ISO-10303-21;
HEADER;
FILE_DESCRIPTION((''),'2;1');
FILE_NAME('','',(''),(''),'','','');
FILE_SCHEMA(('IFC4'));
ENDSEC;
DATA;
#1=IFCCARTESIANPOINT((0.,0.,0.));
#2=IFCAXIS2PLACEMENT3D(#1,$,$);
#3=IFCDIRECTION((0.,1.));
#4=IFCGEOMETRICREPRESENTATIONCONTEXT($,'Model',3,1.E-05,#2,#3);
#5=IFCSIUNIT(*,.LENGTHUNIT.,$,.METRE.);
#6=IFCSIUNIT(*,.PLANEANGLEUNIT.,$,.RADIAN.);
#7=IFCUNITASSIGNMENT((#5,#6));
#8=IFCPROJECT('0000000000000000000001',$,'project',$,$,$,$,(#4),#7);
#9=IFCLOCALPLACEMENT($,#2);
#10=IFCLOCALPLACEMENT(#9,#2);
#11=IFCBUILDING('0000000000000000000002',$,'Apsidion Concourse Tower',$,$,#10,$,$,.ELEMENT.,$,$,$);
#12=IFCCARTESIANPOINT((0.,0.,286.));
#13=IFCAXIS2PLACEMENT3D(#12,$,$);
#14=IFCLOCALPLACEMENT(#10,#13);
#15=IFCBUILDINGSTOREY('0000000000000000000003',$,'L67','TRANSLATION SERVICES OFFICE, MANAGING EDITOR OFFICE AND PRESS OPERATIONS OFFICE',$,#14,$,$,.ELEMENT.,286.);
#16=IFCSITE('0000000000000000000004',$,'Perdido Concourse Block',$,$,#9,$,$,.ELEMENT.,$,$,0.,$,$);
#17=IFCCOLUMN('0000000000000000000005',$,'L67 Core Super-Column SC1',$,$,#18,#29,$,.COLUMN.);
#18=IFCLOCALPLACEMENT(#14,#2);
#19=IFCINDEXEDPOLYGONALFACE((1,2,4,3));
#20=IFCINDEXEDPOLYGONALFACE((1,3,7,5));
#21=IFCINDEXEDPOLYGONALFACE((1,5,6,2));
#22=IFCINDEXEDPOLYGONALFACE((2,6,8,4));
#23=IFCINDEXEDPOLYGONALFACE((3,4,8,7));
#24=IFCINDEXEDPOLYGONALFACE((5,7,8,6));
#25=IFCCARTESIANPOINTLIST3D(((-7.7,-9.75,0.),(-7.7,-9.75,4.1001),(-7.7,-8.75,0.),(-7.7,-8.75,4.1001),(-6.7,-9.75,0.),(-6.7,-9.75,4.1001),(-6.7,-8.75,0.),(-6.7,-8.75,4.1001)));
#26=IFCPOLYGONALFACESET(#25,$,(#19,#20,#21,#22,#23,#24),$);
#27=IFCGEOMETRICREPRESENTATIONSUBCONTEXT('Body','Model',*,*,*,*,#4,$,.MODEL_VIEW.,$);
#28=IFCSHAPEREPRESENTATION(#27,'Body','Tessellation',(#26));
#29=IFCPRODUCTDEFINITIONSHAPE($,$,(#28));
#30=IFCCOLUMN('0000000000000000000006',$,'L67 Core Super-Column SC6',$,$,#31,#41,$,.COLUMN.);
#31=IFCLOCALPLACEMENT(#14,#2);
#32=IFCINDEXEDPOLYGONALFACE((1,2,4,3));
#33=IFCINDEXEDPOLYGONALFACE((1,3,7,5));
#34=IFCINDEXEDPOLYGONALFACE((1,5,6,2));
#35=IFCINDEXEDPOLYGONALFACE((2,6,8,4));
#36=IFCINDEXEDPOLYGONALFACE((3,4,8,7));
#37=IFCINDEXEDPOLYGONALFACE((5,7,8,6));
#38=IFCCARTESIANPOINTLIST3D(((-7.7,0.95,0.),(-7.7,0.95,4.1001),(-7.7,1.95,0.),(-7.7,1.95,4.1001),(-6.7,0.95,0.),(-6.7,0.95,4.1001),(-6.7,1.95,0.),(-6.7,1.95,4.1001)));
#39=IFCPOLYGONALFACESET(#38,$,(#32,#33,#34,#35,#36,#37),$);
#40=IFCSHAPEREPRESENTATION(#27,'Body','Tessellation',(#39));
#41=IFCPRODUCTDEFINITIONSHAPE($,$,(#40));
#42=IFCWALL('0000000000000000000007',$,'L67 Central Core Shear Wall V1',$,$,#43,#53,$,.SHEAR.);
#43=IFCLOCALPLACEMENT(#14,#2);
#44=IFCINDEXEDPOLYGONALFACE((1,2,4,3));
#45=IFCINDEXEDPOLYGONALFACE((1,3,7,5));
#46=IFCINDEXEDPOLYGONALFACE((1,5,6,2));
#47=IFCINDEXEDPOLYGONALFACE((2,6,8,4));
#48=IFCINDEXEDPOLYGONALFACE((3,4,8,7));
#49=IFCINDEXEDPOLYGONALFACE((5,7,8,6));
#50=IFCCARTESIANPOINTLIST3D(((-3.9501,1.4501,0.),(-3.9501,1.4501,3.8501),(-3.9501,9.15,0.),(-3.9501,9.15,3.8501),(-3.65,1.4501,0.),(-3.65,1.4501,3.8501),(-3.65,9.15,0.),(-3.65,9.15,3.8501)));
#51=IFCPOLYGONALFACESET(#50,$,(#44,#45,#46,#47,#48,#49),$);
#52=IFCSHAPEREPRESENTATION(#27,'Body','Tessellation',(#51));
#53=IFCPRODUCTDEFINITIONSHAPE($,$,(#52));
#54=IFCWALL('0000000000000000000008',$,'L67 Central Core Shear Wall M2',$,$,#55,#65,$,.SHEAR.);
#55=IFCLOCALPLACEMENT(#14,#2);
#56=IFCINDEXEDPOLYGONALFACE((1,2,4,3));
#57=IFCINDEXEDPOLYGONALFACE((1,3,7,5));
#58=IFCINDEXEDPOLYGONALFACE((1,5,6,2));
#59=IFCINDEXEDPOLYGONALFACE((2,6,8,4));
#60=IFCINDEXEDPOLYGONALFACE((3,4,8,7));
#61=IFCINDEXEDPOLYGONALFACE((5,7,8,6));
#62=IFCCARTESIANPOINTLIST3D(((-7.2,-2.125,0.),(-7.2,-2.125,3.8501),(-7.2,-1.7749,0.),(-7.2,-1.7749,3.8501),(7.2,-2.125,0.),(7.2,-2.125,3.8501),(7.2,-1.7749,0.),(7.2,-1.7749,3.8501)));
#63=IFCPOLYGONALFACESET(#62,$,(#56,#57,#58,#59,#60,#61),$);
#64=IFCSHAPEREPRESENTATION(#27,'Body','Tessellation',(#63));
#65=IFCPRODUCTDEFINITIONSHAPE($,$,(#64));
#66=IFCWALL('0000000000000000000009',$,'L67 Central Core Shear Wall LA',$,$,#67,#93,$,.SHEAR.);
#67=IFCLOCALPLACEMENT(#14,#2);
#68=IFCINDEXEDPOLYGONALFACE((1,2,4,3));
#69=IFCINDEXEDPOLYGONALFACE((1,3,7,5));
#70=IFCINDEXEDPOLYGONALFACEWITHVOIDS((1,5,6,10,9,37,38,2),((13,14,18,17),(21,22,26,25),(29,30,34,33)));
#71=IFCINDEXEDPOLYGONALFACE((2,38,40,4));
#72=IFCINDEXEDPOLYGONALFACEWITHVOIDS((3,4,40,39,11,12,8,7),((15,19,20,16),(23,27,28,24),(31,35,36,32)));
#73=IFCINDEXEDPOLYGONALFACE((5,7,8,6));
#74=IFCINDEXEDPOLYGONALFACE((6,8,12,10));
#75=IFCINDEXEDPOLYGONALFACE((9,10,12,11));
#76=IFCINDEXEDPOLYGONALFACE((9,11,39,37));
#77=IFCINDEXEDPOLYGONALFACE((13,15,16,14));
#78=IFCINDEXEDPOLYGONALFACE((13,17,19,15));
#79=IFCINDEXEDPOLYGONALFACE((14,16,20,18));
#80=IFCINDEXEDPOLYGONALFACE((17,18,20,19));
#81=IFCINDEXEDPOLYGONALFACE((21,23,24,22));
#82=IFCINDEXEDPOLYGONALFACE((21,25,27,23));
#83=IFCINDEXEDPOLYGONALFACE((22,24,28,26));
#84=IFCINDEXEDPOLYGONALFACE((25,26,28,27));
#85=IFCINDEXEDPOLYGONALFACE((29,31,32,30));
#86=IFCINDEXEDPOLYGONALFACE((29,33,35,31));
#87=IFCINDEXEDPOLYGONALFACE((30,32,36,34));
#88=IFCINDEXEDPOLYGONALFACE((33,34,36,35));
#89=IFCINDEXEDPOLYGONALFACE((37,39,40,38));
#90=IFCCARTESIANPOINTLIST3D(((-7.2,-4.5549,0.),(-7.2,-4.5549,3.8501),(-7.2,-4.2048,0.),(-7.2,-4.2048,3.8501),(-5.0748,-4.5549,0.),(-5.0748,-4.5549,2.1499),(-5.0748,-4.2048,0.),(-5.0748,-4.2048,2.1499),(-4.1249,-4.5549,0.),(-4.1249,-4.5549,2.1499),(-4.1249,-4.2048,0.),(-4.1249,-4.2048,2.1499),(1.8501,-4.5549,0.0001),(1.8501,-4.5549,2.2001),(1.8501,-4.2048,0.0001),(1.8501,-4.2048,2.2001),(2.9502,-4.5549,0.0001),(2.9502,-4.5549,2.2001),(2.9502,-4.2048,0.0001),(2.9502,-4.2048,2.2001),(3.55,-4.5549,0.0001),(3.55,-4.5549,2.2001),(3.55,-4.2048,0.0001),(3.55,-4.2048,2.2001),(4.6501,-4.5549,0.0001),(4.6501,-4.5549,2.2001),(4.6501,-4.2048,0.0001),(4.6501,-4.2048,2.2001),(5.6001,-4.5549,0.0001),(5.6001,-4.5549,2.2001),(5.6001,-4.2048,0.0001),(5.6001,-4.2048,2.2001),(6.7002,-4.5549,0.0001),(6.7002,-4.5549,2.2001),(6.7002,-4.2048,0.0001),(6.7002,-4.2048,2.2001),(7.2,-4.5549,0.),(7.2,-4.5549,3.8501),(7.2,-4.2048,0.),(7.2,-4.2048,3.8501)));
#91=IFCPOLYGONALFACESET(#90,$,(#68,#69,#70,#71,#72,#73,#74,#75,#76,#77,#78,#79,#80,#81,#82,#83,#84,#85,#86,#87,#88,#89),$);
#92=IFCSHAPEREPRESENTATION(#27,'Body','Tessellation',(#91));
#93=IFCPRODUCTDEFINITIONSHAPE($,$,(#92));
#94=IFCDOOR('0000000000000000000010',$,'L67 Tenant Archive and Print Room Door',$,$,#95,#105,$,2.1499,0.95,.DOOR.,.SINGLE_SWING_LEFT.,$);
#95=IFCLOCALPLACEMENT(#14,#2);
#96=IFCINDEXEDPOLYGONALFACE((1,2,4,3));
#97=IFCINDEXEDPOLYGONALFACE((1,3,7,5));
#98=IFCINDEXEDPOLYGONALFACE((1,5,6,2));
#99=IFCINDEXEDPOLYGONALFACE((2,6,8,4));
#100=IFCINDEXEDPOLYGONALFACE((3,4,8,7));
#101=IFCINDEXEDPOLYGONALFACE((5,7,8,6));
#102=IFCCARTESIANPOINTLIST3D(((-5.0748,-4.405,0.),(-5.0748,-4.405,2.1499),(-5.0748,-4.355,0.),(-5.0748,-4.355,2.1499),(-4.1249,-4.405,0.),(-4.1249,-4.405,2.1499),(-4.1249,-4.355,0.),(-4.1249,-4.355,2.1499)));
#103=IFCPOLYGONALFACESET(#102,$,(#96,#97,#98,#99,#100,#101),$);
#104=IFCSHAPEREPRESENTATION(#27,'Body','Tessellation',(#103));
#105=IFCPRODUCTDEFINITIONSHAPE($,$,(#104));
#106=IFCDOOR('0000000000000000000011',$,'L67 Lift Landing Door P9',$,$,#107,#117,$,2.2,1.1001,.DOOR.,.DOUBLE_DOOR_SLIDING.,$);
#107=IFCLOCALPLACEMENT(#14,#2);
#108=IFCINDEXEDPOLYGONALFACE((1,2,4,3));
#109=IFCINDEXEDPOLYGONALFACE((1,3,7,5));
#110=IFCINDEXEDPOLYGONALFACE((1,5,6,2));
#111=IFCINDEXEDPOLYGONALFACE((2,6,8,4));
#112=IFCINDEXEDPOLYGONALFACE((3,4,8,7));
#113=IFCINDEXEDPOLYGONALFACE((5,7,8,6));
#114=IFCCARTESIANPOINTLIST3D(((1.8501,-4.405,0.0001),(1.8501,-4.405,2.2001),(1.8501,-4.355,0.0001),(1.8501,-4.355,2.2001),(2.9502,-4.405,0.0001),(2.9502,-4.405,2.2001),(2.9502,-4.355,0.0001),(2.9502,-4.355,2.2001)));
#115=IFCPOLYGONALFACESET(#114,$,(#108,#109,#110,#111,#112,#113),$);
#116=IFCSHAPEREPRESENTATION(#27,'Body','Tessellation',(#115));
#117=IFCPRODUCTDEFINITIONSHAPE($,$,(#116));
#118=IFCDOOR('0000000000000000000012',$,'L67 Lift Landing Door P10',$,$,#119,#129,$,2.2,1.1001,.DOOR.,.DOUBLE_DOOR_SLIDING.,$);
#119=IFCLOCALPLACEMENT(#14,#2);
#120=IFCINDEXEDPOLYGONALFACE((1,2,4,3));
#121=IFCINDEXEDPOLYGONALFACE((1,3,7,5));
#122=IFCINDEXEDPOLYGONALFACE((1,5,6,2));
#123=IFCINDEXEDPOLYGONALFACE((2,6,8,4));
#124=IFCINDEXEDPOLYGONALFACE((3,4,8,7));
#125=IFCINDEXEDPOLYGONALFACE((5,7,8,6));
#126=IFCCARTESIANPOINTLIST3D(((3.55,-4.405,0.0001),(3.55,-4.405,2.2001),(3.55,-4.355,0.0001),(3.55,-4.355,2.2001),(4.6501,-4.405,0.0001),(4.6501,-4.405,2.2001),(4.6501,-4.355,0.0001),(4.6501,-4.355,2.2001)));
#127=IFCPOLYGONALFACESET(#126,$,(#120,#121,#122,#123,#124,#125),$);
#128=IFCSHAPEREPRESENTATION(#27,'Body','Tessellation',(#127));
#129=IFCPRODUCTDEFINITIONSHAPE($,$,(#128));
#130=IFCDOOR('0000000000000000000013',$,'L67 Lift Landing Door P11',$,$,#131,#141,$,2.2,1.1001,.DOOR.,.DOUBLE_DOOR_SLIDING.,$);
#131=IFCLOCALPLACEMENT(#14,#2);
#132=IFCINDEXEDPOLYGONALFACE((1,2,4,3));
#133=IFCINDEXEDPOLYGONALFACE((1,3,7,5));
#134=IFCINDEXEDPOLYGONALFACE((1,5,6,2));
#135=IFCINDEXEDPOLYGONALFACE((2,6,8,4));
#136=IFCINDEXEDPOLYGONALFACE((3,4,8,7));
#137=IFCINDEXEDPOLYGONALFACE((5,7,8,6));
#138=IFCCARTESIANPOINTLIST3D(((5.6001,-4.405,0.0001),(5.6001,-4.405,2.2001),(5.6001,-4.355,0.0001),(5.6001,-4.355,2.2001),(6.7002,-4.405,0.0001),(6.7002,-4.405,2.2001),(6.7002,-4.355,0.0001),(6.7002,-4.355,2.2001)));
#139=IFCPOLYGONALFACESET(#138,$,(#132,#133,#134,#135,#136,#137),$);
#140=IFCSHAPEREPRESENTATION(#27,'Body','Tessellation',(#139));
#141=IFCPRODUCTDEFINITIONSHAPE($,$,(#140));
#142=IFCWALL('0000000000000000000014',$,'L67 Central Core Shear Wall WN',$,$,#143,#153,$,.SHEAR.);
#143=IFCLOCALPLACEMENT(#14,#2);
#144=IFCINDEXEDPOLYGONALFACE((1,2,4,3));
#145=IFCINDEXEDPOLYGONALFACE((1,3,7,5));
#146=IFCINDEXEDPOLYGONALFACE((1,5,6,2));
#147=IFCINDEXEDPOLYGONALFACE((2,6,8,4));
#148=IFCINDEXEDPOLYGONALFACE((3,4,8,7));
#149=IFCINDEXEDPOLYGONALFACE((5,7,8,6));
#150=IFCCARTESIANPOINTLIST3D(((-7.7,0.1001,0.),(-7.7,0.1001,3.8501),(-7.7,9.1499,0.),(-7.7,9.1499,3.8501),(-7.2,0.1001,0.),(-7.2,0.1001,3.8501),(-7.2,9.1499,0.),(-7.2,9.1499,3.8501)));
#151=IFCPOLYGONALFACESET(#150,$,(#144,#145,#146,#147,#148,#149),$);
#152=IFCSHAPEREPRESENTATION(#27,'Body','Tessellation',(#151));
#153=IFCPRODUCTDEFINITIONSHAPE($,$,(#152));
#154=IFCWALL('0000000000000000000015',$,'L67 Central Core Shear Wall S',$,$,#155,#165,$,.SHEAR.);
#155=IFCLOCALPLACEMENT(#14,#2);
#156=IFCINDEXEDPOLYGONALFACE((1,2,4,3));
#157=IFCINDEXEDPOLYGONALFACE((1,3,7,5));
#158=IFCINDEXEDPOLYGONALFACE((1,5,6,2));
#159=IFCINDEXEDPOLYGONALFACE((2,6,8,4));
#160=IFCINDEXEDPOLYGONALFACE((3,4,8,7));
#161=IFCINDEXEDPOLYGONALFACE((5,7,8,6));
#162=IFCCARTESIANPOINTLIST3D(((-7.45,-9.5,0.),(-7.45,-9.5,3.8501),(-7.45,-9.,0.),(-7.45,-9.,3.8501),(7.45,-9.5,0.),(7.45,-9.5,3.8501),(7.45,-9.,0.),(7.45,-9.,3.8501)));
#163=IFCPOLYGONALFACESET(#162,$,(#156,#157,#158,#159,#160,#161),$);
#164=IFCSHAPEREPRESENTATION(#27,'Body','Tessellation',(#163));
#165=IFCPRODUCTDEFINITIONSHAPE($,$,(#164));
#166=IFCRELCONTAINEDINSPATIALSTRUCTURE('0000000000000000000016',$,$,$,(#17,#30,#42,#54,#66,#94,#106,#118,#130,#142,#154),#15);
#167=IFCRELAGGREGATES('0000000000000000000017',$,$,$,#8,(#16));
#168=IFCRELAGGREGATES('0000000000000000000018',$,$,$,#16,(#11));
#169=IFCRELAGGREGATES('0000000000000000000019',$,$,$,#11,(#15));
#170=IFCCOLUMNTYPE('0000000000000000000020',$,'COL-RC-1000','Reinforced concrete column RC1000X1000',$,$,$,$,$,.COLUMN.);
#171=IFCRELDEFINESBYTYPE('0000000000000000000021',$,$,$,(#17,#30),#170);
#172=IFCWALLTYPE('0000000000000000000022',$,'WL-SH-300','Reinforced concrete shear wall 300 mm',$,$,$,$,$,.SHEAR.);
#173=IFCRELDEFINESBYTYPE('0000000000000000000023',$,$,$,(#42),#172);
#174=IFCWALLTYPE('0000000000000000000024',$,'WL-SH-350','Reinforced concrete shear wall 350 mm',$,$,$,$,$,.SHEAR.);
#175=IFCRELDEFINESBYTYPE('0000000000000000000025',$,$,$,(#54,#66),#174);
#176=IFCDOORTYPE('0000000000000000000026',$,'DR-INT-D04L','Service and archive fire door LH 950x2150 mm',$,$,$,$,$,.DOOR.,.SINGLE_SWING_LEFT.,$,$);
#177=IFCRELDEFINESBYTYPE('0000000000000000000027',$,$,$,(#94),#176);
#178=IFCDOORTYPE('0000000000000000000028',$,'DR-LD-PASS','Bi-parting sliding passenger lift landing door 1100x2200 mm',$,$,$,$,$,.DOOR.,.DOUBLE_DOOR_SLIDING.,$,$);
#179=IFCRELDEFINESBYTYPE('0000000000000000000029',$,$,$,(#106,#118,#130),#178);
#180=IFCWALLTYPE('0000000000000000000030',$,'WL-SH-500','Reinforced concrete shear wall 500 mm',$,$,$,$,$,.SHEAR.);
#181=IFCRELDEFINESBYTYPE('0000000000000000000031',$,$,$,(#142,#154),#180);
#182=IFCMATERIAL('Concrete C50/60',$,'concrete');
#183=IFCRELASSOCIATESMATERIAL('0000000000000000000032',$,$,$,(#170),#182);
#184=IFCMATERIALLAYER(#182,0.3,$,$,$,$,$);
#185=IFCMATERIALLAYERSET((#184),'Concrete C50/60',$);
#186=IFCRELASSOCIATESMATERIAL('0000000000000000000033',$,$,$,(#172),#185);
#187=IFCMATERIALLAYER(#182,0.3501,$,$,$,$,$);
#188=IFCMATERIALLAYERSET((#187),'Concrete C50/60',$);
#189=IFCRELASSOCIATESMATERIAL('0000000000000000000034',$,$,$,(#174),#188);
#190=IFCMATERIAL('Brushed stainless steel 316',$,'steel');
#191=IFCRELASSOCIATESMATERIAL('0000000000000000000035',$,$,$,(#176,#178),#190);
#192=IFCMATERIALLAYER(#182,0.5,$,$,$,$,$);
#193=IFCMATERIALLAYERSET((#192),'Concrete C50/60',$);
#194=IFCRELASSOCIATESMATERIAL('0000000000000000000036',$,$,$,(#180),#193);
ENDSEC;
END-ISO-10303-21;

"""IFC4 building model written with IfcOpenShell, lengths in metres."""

from ifc_helpers import new_model, si_unit, direction, frame, frame_2d, origin, origin_2d, place, context, subcontext, project, spatial, rectangle, extrude, material, layer, layer_set, material_profile, profile_set, type_object, element, fill, save


model = new_model("IFC4")

# Units and contexts
model_context = context("Model", 3, precision=1e-05, world=origin(), true_north=direction((0.0, 1.0)))
body_context = subcontext(model_context, "Body", "Model", "MODEL_VIEW")
ifc_project = project(units=[si_unit("LENGTHUNIT", "METRE"), si_unit("PLANEANGLEUNIT", "RADIAN")], contexts=[model_context])

# Site, building, storey
site_placement = place(None, origin())
site = spatial("IfcSite", under=ifc_project, at=site_placement, Name="Perdido Concourse Block", CompositionType="ELEMENT", RefElevation=0.0)
building_placement = place(site_placement, origin())
building = spatial("IfcBuilding", under=site, at=building_placement, Name="Apsidion Concourse Tower", CompositionType="ELEMENT")
storey_placement = place(building_placement, frame((0.0, 0.0, 286.0)))
storey = spatial("IfcBuildingStorey", under=building, at=storey_placement, Name="L67", Description="TRANSLATION SERVICES OFFICE, MANAGING EDITOR OFFICE AND PRESS OPERATIONS OFFICE", CompositionType="ELEMENT", Elevation=286.0)

# Columns
ifc_material_1 = material(Name="Concrete C50/60", Category="concrete")
ifc_material_profile = material_profile(ifc_material_1, rectangle(XDim=1.0, YDim=1.0, at=origin_2d()), Name="RC 1000x1000")
ifc_profile_set = profile_set([ifc_material_profile], Name="Concrete C50/60")
column_type = type_object("IfcColumnType", Name="COL-RC-1000", Description="Reinforced concrete column RC1000X1000", PredefinedType="COLUMN", material=ifc_profile_set)
for number, where, z_axis, x_axis, name in (
    (1, (-7.2, -9.25, 0.0), (0.0, 0.0, 1.0), (1.0, 0.0, 0.0), "L67 Core Super-Column SC1"),
    (2, (-7.2, 1.45, 0.0), (0.0, 0.0, 1.0), (1.0, 0.0, 0.0), "L67 Core Super-Column SC6"),
):
    element("IfcColumn", number, at=place(storey_placement, frame(where, z_axis=z_axis, x_axis=x_axis)), inside=storey, type_object=column_type, Name=name, PredefinedType="COLUMN", context=body_context, shape_type="SweptSolid", body=[
        extrude(rectangle(XDim=1.0, YDim=1.0, at=origin_2d()), origin(), (0.0, 0.0, 1.0), 4.1001),
    ])

# Shared definitions
ifc_material_2 = material(Name="Brushed stainless steel 316", Category="steel")

# Wall
ifc_layer_1 = layer(ifc_material_1, 0.3)
ifc_layer_set_1 = layer_set([ifc_layer_1], Name="Concrete C50/60")
wall_type_1 = type_object("IfcWallType", Name="WL-SH-300", Description="Reinforced concrete shear wall 300 mm", PredefinedType="SHEAR", material=ifc_layer_set_1)
wall_1_placement = place(storey_placement, frame((-3.8, 1.45, 0.0), z_axis=(0.0, 0.0, 1.0), x_axis=(0.0, 1.0, 0.0)))
element("IfcWall", 3, at=wall_1_placement, inside=storey, type_object=wall_type_1, Name="L67 Central Core Shear Wall V1", PredefinedType="SHEAR", context=body_context, shape_type="SweptSolid", body=[
    extrude(rectangle(XDim=7.7, YDim=0.3, at=frame_2d((3.8501, 0.0))), origin(), (0.0, 0.0, 1.0), 3.8501),
])

# Shared definitions
ifc_layer_2 = layer(ifc_material_1, 0.3501)
ifc_layer_set_2 = layer_set([ifc_layer_2], Name="Concrete C50/60")
wall_type_2 = type_object("IfcWallType", Name="WL-SH-350", Description="Reinforced concrete shear wall 350 mm", PredefinedType="SHEAR", material=ifc_layer_set_2)

# Wall
wall_2_placement = place(storey_placement, frame((-7.2, -1.95, 0.0), z_axis=(0.0, 0.0, 1.0), x_axis=(1.0, 0.0, 0.0)))
element("IfcWall", 4, at=wall_2_placement, inside=storey, type_object=wall_type_2, Name="L67 Central Core Shear Wall M2", PredefinedType="SHEAR", context=body_context, shape_type="SweptSolid", body=[
    extrude(rectangle(XDim=14.3999, YDim=0.3501, at=frame_2d((7.2, 0.0))), origin(), (0.0, 0.0, 1.0), 3.8501),
])

# Wall, openings, doors
wall_3_placement = place(storey_placement, frame((-7.2, -4.3799, 0.0), z_axis=(0.0, 0.0, 1.0), x_axis=(1.0, 0.0, 0.0)))
wall_3 = element("IfcWall", 5, at=wall_3_placement, inside=storey, type_object=wall_type_2, Name="L67 Central Core Shear Wall LA", PredefinedType="SHEAR", context=body_context, shape_type="SweptSolid", body=[
    extrude(rectangle(XDim=14.3999, YDim=0.3501, at=frame_2d((7.2, 0.0))), origin(), (0.0, 0.0, 1.0), 3.8501),
])
opening_1_placement = place(wall_3_placement, frame((9.05, 0.0, 0.0)))
opening_1 = element("IfcOpeningElement", 6, at=opening_1_placement, cuts=wall_3, PredefinedType="OPENING", context=body_context, shape_type="SweptSolid", body=[
    extrude(rectangle(XDim=1.1001, YDim=2.2, at=frame_2d((0.55, 1.1001))), frame((0.0, 0.1851, 0.0), z_axis=(0.0, -1.0, 0.0), x_axis=(1.0, 0.0, 0.0)), (0.0, 0.0, 1.0), 0.3701),
])
opening_2_placement = place(wall_3_placement, frame((10.75, 0.0, 0.0)))
opening_2 = element("IfcOpeningElement", 7, at=opening_2_placement, cuts=wall_3, PredefinedType="OPENING", context=body_context, shape_type="SweptSolid", body=[
    extrude(rectangle(XDim=1.1001, YDim=2.2, at=frame_2d((0.55, 1.1001))), frame((0.0, 0.1851, 0.0), z_axis=(0.0, -1.0, 0.0), x_axis=(1.0, 0.0, 0.0)), (0.0, 0.0, 1.0), 0.3701),
])
opening_3_placement = place(wall_3_placement, frame((12.8, 0.0, 0.0)))
opening_3 = element("IfcOpeningElement", 8, at=opening_3_placement, cuts=wall_3, PredefinedType="OPENING", context=body_context, shape_type="SweptSolid", body=[
    extrude(rectangle(XDim=1.1001, YDim=2.2, at=frame_2d((0.55, 1.1001))), frame((0.0, 0.1851, 0.0), z_axis=(0.0, -1.0, 0.0), x_axis=(1.0, 0.0, 0.0)), (0.0, 0.0, 1.0), 0.3701),
])
opening_4_placement = place(wall_3_placement, frame((2.125, 0.0, 0.0)))
opening_4 = element("IfcOpeningElement", 9, at=opening_4_placement, cuts=wall_3, PredefinedType="OPENING", context=body_context, shape_type="SweptSolid", body=[
    extrude(rectangle(XDim=0.95, YDim=2.1499, at=frame_2d((0.4751, 1.075))), frame((0.0, 0.1851, 0.0), z_axis=(0.0, -1.0, 0.0), x_axis=(1.0, 0.0, 0.0)), (0.0, 0.0, 1.0), 0.3701),
])
door_type_1 = type_object("IfcDoorType", Name="DR-INT-D04L", Description="Service and archive fire door LH 950x2150 mm", OperationType="SINGLE_SWING_LEFT", PredefinedType="DOOR", material=ifc_material_2)
door_1_placement = place(opening_4_placement, origin())
door_1 = element("IfcDoor", 10, at=door_1_placement, inside=storey, type_object=door_type_1, Name="L67 Tenant Archive and Print Room Door", OperationType="SINGLE_SWING_LEFT", OverallHeight=2.1499, OverallWidth=0.95, PredefinedType="DOOR", context=body_context, shape_type="SweptSolid", body=[
    extrude(rectangle(XDim=0.95, YDim=2.1499, at=frame_2d((0.4751, 1.075))), frame((0.0, 0.0249, 0.0), z_axis=(0.0, -1.0, 0.0), x_axis=(1.0, 0.0, 0.0)), (0.0, 0.0, 1.0), 0.05),
])
fill(opening_4, door_1)
door_type_2 = type_object("IfcDoorType", Name="DR-LD-PASS", Description="Bi-parting sliding passenger lift landing door 1100x2200 mm", OperationType="DOUBLE_DOOR_SLIDING", PredefinedType="DOOR", material=ifc_material_2)
door_2_placement = place(opening_1_placement, origin())
door_2 = element("IfcDoor", 11, at=door_2_placement, inside=storey, type_object=door_type_2, Name="L67 Lift Landing Door P9", OperationType="DOUBLE_DOOR_SLIDING", OverallHeight=2.2, OverallWidth=1.1001, PredefinedType="DOOR", context=body_context, shape_type="SweptSolid", body=[
    extrude(rectangle(XDim=1.1001, YDim=2.2, at=frame_2d((0.55, 1.1001))), frame((0.0, 0.0249, 0.0), z_axis=(0.0, -1.0, 0.0), x_axis=(1.0, 0.0, 0.0)), (0.0, 0.0, 1.0), 0.05),
])
fill(opening_1, door_2)
door_3_placement = place(opening_2_placement, origin())
door_3 = element("IfcDoor", 12, at=door_3_placement, inside=storey, type_object=door_type_2, Name="L67 Lift Landing Door P10", OperationType="DOUBLE_DOOR_SLIDING", OverallHeight=2.2, OverallWidth=1.1001, PredefinedType="DOOR", context=body_context, shape_type="SweptSolid", body=[
    extrude(rectangle(XDim=1.1001, YDim=2.2, at=frame_2d((0.55, 1.1001))), frame((0.0, 0.0249, 0.0), z_axis=(0.0, -1.0, 0.0), x_axis=(1.0, 0.0, 0.0)), (0.0, 0.0, 1.0), 0.05),
])
fill(opening_2, door_3)
door_4_placement = place(opening_3_placement, origin())
door_4 = element("IfcDoor", 13, at=door_4_placement, inside=storey, type_object=door_type_2, Name="L67 Lift Landing Door P11", OperationType="DOUBLE_DOOR_SLIDING", OverallHeight=2.2, OverallWidth=1.1001, PredefinedType="DOOR", context=body_context, shape_type="SweptSolid", body=[
    extrude(rectangle(XDim=1.1001, YDim=2.2, at=frame_2d((0.55, 1.1001))), frame((0.0, 0.0249, 0.0), z_axis=(0.0, -1.0, 0.0), x_axis=(1.0, 0.0, 0.0)), (0.0, 0.0, 1.0), 0.05),
])
fill(opening_3, door_4)

# Wall
ifc_layer_3 = layer(ifc_material_1, 0.5)
ifc_layer_set_3 = layer_set([ifc_layer_3], Name="Concrete C50/60")
wall_type_3 = type_object("IfcWallType", Name="WL-SH-500", Description="Reinforced concrete shear wall 500 mm", PredefinedType="SHEAR", material=ifc_layer_set_3)
wall_4_placement = place(storey_placement, frame((-7.45, 0.1001, 0.0), z_axis=(0.0, 0.0, 1.0), x_axis=(0.0, 1.0, 0.0)))
element("IfcWall", 14, at=wall_4_placement, inside=storey, type_object=wall_type_3, Name="L67 Central Core Shear Wall WN", PredefinedType="SHEAR", context=body_context, shape_type="SweptSolid", body=[
    extrude(rectangle(XDim=9.0498, YDim=0.5, at=frame_2d((4.5249, 0.0))), origin(), (0.0, 0.0, 1.0), 3.8501),
])

# Wall
wall_5_placement = place(storey_placement, frame((-7.45, -9.25, 0.0), z_axis=(0.0, 0.0, 1.0), x_axis=(1.0, 0.0, 0.0)))
element("IfcWall", 15, at=wall_5_placement, inside=storey, type_object=wall_type_3, Name="L67 Central Core Shear Wall S", PredefinedType="SHEAR", context=body_context, shape_type="SweptSolid", body=[
    extrude(rectangle(XDim=14.8999, YDim=0.5, at=frame_2d((7.45, 0.0))), origin(), (0.0, 0.0, 1.0), 3.8501),
])

save(model, "model.ifc")
